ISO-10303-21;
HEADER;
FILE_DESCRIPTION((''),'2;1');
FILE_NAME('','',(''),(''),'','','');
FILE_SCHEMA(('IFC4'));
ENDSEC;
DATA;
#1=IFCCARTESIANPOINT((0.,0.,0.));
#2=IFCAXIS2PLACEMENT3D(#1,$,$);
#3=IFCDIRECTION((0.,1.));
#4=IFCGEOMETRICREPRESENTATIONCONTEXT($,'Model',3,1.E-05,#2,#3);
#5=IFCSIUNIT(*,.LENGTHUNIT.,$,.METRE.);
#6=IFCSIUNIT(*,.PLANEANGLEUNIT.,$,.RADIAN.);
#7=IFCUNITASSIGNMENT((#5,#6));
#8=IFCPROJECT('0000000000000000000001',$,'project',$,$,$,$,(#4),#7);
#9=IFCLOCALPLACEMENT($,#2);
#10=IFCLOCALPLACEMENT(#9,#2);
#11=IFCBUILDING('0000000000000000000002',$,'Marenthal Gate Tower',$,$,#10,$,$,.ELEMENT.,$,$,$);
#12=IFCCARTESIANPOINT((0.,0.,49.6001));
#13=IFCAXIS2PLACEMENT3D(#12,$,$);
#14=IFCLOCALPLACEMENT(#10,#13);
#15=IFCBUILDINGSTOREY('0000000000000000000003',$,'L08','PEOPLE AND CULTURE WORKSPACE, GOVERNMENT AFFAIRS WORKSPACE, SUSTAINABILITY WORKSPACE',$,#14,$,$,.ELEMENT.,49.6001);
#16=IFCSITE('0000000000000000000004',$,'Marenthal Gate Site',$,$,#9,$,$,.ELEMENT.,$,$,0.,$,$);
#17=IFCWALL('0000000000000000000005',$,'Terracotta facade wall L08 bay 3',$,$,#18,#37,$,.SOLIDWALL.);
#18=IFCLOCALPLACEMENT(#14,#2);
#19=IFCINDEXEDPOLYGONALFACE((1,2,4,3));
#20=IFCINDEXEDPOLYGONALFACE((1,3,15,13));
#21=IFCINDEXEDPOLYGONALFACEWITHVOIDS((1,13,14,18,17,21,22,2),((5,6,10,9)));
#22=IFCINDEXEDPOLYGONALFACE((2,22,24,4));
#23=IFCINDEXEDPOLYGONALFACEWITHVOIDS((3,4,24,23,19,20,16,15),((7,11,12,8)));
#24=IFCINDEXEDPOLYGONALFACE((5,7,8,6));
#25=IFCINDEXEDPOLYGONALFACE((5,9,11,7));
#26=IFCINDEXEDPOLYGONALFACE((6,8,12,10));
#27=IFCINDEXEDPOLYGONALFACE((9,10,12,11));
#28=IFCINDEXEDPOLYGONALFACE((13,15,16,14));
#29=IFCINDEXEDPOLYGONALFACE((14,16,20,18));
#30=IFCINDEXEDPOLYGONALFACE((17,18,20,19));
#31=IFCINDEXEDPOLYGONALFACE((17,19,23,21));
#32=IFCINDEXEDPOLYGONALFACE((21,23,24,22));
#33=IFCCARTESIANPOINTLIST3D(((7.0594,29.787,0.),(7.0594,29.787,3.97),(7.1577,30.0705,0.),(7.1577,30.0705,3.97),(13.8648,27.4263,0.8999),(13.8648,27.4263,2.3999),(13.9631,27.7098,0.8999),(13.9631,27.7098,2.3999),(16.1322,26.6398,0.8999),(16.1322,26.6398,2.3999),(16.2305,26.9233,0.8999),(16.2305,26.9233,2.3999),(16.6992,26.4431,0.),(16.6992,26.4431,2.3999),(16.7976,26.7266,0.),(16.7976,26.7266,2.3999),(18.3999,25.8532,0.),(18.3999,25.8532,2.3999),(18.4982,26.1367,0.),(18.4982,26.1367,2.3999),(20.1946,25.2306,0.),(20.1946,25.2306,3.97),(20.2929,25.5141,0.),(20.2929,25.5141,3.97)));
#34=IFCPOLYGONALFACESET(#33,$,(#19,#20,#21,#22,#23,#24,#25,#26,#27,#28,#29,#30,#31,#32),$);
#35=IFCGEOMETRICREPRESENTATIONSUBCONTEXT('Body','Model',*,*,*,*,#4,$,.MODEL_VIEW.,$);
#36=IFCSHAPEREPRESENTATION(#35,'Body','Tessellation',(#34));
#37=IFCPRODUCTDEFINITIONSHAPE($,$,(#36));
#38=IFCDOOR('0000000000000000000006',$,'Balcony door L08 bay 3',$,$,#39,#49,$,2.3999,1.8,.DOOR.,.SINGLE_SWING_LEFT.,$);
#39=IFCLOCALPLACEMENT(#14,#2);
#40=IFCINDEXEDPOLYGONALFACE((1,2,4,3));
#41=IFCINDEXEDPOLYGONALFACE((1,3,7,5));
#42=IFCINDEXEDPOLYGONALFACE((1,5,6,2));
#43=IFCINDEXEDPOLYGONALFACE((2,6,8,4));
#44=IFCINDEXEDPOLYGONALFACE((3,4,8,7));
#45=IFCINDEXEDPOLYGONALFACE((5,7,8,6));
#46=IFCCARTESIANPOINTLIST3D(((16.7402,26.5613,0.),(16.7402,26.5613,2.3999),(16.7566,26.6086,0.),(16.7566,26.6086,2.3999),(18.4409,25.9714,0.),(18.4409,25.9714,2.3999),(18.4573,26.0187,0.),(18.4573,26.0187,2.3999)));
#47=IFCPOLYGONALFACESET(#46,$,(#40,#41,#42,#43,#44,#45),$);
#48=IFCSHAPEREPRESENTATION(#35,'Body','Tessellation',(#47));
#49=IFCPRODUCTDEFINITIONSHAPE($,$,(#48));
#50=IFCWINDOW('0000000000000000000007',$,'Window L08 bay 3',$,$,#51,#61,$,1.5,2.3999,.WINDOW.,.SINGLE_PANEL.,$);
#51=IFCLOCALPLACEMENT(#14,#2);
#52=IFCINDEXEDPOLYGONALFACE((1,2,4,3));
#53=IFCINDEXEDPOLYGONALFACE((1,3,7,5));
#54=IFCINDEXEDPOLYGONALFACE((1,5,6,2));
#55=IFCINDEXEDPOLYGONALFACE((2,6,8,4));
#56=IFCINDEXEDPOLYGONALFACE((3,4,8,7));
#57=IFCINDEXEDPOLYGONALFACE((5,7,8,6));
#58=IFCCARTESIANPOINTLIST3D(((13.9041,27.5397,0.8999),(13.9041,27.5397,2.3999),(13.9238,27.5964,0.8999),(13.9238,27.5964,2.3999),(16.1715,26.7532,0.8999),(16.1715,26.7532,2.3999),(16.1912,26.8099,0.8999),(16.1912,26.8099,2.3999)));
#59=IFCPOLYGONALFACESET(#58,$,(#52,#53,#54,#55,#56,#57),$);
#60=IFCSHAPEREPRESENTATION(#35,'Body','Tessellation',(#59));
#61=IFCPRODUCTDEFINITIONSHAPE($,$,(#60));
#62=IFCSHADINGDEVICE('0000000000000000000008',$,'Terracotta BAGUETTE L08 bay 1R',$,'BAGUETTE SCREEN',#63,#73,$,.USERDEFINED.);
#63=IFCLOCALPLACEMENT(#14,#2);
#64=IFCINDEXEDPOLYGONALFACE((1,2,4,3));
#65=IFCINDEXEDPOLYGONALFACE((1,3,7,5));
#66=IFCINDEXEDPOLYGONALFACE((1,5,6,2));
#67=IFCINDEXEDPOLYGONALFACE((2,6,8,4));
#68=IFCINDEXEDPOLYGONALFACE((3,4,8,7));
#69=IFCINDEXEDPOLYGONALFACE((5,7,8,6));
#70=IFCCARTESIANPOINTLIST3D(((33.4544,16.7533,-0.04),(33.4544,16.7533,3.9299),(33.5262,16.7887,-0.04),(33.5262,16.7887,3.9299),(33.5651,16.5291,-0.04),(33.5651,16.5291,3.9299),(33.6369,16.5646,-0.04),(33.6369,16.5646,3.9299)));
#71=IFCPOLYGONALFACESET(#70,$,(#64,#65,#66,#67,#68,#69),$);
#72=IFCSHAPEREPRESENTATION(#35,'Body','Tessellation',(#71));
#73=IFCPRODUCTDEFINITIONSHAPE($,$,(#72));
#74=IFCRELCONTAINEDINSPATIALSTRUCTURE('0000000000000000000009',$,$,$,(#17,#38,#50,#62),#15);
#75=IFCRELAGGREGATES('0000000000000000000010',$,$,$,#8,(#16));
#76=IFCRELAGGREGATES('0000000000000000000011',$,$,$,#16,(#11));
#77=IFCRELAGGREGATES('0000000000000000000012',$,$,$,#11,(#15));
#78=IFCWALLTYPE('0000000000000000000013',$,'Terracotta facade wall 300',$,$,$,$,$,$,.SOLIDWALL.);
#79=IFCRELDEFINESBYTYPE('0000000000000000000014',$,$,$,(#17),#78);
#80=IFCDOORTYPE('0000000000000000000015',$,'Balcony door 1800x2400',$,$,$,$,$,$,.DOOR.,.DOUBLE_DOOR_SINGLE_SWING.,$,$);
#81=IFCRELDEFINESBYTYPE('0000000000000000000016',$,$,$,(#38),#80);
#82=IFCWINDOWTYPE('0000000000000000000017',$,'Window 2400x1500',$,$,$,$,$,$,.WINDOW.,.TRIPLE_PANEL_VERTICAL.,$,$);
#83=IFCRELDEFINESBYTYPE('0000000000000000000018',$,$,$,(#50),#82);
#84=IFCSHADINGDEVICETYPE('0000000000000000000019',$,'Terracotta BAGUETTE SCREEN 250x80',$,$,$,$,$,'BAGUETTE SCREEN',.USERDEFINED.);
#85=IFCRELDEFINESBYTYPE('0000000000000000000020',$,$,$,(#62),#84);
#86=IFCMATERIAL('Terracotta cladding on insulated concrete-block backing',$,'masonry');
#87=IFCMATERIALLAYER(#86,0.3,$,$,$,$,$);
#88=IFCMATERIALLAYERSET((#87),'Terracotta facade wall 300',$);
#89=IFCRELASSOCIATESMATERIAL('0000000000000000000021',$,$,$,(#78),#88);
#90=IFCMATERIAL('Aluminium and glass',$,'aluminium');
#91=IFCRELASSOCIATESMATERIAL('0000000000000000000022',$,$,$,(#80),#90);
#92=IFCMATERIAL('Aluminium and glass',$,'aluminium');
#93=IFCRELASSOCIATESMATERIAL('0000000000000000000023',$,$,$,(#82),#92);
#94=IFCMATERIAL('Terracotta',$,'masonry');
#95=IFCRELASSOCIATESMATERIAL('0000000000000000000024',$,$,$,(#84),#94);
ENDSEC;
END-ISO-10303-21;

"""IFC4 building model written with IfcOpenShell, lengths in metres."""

from ifc_helpers import new_model, si_unit, direction, frame, frame_2d, origin, origin_2d, place, context, subcontext, project, spatial, rectangle, extrude, material, layer, layer_set, material_profile, profile_set, type_object, element, fill, save


model = new_model("IFC4")

# Units and contexts
model_context = context("Model", 3, precision=1e-05, world=origin(), true_north=direction((0.0, 1.0)))
body_context = subcontext(model_context, "Body", "Model", "MODEL_VIEW")
ifc_project = project(units=[si_unit("LENGTHUNIT", "METRE"), si_unit("PLANEANGLEUNIT", "RADIAN")], contexts=[model_context])

# Site, building, storey
site_placement = place(None, origin())
site = spatial("IfcSite", under=ifc_project, at=site_placement, Name="Marenthal Gate Site", CompositionType="ELEMENT", RefElevation=0.0)
building_placement = place(site_placement, origin())
building = spatial("IfcBuilding", under=site, at=building_placement, Name="Marenthal Gate Tower", CompositionType="ELEMENT")
storey_placement = place(building_placement, frame((0.0, 0.0, 49.6001)))
storey = spatial("IfcBuildingStorey", under=building, at=storey_placement, Name="L08", Description="PEOPLE AND CULTURE WORKSPACE, GOVERNMENT AFFAIRS WORKSPACE, SUSTAINABILITY WORKSPACE", CompositionType="ELEMENT", Elevation=49.6001)

# Wall, openings, door, window
ifc_material_1 = material(Name="Terracotta cladding on insulated concrete-block backing", Category="masonry")
ifc_layer_1 = layer(ifc_material_1, 0.3)
ifc_layer_set_1 = layer_set([ifc_layer_1], Name="Terracotta facade wall 300")
wall_type = type_object("IfcWallType", Name="Terracotta facade wall 300", PredefinedType="SOLIDWALL", material=ifc_layer_set_1)
wall_placement = place(storey_placement, frame((20.2439, 25.3723, 0.0), z_axis=(0.0, 0.0, 1.0), x_axis=(-0.944773, 0.327726, 0.0)))
wall = element("IfcWall", 1, at=wall_placement, inside=storey, type_object=wall_type, Name="Terracotta facade wall L08 bay 3", PredefinedType="SOLIDWALL", context=body_context, shape_type="SweptSolid", body=[
    extrude(rectangle(XDim=13.9031, YDim=0.3, at=frame_2d((6.9517, 0.0))), origin(), (0.0, 0.0, 1.0), 3.97),
])
opening_1_placement = place(wall_placement, frame((1.8999, 0.0, 0.0)))
opening_1 = element("IfcOpeningElement", 2, at=opening_1_placement, cuts=wall, PredefinedType="OPENING", context=body_context, shape_type="SweptSolid", body=[
    extrude(rectangle(XDim=1.8, YDim=2.3999, at=frame_2d((0.8999, 1.2))), frame((0.0, 0.1602, 0.0), z_axis=(0.0, -1.0, 0.0), x_axis=(1.0, 0.0, 0.0)), (0.0, 0.0, 1.0), 0.3201),
])
opening_2_placement = place(wall_placement, frame((4.3, 0.0, 0.8999)))
opening_2 = element("IfcOpeningElement", 3, at=opening_2_placement, cuts=wall, PredefinedType="OPENING", context=body_context, shape_type="SweptSolid", body=[
    extrude(rectangle(XDim=2.3999, YDim=1.5, at=frame_2d((1.2, 0.75))), frame((0.0, 0.1602, 0.0), z_axis=(0.0, -1.0, 0.0), x_axis=(1.0, 0.0, 0.0)), (0.0, 0.0, 1.0), 0.3201),
])
ifc_material_2 = material(Name="Aluminium and glass", Category="aluminium")
door_type = type_object("IfcDoorType", Name="Balcony door 1800x2400", OperationType="DOUBLE_DOOR_SINGLE_SWING", PredefinedType="DOOR", material=ifc_material_2)
door_placement = place(opening_1_placement, origin())
door = element("IfcDoor", 4, at=door_placement, inside=storey, type_object=door_type, Name="Balcony door L08 bay 3", OperationType="SINGLE_SWING_LEFT", OverallHeight=2.3999, OverallWidth=1.8, PredefinedType="DOOR", context=body_context, shape_type="SweptSolid", body=[
    extrude(rectangle(XDim=1.8, YDim=2.3999, at=frame_2d((0.8999, 1.2))), frame((0.0, 0.0249, 0.0), z_axis=(0.0, -1.0, 0.0), x_axis=(1.0, 0.0, 0.0)), (0.0, 0.0, 1.0), 0.05),
])
fill(opening_1, door)
ifc_material_3 = material(Name="Aluminium and glass", Category="aluminium")
window_type = type_object("IfcWindowType", Name="Window 2400x1500", PartitioningType="TRIPLE_PANEL_VERTICAL", PredefinedType="WINDOW", material=ifc_material_3)
window_placement = place(opening_2_placement, origin())
window = element("IfcWindow", 5, at=window_placement, inside=storey, type_object=window_type, Name="Window L08 bay 3", OverallHeight=1.5, OverallWidth=2.3999, PartitioningType="SINGLE_PANEL", PredefinedType="WINDOW", context=body_context, shape_type="SweptSolid", body=[
    extrude(rectangle(XDim=2.3999, YDim=1.5, at=frame_2d((1.2, 0.75))), frame((0.0, 0.03, 0.0), z_axis=(0.0, -1.0, 0.0), x_axis=(1.0, 0.0, 0.0)), (0.0, 0.0, 1.0), 0.0601),
])
fill(opening_2, window)

# Shading device
ifc_material_4 = material(Name="Terracotta", Category="masonry")
ifc_material_profile_1 = material_profile(ifc_material_4, rectangle(XDim=0.25, YDim=0.0801, at=origin_2d()), Name="Terracotta baguette 250x80")
ifc_profile_set_1 = profile_set([ifc_material_profile_1], Name="Terracotta")
shading_device_type = type_object("IfcShadingDeviceType", Name="Terracotta BAGUETTE SCREEN 250x80", ElementType="BAGUETTE SCREEN", PredefinedType="USERDEFINED", material=ifc_profile_set_1)
shading_device_placement = place(storey_placement, frame((33.5457, 16.6589, -0.04), z_axis=(0.0, 0.0, 1.0), x_axis=(-0.443058, 0.896493, 0.0)))
element("IfcShadingDevice", 6, at=shading_device_placement, inside=storey, type_object=shading_device_type, Name="Terracotta BAGUETTE L08 bay 1R", ObjectType="BAGUETTE SCREEN", PredefinedType="USERDEFINED", context=body_context, shape_type="SweptSolid", body=[
    extrude(rectangle(XDim=0.25, YDim=0.0801, at=origin_2d()), origin(), (0.0, 0.0, 1.0), 3.97),
])

save(model, "model.ifc")
